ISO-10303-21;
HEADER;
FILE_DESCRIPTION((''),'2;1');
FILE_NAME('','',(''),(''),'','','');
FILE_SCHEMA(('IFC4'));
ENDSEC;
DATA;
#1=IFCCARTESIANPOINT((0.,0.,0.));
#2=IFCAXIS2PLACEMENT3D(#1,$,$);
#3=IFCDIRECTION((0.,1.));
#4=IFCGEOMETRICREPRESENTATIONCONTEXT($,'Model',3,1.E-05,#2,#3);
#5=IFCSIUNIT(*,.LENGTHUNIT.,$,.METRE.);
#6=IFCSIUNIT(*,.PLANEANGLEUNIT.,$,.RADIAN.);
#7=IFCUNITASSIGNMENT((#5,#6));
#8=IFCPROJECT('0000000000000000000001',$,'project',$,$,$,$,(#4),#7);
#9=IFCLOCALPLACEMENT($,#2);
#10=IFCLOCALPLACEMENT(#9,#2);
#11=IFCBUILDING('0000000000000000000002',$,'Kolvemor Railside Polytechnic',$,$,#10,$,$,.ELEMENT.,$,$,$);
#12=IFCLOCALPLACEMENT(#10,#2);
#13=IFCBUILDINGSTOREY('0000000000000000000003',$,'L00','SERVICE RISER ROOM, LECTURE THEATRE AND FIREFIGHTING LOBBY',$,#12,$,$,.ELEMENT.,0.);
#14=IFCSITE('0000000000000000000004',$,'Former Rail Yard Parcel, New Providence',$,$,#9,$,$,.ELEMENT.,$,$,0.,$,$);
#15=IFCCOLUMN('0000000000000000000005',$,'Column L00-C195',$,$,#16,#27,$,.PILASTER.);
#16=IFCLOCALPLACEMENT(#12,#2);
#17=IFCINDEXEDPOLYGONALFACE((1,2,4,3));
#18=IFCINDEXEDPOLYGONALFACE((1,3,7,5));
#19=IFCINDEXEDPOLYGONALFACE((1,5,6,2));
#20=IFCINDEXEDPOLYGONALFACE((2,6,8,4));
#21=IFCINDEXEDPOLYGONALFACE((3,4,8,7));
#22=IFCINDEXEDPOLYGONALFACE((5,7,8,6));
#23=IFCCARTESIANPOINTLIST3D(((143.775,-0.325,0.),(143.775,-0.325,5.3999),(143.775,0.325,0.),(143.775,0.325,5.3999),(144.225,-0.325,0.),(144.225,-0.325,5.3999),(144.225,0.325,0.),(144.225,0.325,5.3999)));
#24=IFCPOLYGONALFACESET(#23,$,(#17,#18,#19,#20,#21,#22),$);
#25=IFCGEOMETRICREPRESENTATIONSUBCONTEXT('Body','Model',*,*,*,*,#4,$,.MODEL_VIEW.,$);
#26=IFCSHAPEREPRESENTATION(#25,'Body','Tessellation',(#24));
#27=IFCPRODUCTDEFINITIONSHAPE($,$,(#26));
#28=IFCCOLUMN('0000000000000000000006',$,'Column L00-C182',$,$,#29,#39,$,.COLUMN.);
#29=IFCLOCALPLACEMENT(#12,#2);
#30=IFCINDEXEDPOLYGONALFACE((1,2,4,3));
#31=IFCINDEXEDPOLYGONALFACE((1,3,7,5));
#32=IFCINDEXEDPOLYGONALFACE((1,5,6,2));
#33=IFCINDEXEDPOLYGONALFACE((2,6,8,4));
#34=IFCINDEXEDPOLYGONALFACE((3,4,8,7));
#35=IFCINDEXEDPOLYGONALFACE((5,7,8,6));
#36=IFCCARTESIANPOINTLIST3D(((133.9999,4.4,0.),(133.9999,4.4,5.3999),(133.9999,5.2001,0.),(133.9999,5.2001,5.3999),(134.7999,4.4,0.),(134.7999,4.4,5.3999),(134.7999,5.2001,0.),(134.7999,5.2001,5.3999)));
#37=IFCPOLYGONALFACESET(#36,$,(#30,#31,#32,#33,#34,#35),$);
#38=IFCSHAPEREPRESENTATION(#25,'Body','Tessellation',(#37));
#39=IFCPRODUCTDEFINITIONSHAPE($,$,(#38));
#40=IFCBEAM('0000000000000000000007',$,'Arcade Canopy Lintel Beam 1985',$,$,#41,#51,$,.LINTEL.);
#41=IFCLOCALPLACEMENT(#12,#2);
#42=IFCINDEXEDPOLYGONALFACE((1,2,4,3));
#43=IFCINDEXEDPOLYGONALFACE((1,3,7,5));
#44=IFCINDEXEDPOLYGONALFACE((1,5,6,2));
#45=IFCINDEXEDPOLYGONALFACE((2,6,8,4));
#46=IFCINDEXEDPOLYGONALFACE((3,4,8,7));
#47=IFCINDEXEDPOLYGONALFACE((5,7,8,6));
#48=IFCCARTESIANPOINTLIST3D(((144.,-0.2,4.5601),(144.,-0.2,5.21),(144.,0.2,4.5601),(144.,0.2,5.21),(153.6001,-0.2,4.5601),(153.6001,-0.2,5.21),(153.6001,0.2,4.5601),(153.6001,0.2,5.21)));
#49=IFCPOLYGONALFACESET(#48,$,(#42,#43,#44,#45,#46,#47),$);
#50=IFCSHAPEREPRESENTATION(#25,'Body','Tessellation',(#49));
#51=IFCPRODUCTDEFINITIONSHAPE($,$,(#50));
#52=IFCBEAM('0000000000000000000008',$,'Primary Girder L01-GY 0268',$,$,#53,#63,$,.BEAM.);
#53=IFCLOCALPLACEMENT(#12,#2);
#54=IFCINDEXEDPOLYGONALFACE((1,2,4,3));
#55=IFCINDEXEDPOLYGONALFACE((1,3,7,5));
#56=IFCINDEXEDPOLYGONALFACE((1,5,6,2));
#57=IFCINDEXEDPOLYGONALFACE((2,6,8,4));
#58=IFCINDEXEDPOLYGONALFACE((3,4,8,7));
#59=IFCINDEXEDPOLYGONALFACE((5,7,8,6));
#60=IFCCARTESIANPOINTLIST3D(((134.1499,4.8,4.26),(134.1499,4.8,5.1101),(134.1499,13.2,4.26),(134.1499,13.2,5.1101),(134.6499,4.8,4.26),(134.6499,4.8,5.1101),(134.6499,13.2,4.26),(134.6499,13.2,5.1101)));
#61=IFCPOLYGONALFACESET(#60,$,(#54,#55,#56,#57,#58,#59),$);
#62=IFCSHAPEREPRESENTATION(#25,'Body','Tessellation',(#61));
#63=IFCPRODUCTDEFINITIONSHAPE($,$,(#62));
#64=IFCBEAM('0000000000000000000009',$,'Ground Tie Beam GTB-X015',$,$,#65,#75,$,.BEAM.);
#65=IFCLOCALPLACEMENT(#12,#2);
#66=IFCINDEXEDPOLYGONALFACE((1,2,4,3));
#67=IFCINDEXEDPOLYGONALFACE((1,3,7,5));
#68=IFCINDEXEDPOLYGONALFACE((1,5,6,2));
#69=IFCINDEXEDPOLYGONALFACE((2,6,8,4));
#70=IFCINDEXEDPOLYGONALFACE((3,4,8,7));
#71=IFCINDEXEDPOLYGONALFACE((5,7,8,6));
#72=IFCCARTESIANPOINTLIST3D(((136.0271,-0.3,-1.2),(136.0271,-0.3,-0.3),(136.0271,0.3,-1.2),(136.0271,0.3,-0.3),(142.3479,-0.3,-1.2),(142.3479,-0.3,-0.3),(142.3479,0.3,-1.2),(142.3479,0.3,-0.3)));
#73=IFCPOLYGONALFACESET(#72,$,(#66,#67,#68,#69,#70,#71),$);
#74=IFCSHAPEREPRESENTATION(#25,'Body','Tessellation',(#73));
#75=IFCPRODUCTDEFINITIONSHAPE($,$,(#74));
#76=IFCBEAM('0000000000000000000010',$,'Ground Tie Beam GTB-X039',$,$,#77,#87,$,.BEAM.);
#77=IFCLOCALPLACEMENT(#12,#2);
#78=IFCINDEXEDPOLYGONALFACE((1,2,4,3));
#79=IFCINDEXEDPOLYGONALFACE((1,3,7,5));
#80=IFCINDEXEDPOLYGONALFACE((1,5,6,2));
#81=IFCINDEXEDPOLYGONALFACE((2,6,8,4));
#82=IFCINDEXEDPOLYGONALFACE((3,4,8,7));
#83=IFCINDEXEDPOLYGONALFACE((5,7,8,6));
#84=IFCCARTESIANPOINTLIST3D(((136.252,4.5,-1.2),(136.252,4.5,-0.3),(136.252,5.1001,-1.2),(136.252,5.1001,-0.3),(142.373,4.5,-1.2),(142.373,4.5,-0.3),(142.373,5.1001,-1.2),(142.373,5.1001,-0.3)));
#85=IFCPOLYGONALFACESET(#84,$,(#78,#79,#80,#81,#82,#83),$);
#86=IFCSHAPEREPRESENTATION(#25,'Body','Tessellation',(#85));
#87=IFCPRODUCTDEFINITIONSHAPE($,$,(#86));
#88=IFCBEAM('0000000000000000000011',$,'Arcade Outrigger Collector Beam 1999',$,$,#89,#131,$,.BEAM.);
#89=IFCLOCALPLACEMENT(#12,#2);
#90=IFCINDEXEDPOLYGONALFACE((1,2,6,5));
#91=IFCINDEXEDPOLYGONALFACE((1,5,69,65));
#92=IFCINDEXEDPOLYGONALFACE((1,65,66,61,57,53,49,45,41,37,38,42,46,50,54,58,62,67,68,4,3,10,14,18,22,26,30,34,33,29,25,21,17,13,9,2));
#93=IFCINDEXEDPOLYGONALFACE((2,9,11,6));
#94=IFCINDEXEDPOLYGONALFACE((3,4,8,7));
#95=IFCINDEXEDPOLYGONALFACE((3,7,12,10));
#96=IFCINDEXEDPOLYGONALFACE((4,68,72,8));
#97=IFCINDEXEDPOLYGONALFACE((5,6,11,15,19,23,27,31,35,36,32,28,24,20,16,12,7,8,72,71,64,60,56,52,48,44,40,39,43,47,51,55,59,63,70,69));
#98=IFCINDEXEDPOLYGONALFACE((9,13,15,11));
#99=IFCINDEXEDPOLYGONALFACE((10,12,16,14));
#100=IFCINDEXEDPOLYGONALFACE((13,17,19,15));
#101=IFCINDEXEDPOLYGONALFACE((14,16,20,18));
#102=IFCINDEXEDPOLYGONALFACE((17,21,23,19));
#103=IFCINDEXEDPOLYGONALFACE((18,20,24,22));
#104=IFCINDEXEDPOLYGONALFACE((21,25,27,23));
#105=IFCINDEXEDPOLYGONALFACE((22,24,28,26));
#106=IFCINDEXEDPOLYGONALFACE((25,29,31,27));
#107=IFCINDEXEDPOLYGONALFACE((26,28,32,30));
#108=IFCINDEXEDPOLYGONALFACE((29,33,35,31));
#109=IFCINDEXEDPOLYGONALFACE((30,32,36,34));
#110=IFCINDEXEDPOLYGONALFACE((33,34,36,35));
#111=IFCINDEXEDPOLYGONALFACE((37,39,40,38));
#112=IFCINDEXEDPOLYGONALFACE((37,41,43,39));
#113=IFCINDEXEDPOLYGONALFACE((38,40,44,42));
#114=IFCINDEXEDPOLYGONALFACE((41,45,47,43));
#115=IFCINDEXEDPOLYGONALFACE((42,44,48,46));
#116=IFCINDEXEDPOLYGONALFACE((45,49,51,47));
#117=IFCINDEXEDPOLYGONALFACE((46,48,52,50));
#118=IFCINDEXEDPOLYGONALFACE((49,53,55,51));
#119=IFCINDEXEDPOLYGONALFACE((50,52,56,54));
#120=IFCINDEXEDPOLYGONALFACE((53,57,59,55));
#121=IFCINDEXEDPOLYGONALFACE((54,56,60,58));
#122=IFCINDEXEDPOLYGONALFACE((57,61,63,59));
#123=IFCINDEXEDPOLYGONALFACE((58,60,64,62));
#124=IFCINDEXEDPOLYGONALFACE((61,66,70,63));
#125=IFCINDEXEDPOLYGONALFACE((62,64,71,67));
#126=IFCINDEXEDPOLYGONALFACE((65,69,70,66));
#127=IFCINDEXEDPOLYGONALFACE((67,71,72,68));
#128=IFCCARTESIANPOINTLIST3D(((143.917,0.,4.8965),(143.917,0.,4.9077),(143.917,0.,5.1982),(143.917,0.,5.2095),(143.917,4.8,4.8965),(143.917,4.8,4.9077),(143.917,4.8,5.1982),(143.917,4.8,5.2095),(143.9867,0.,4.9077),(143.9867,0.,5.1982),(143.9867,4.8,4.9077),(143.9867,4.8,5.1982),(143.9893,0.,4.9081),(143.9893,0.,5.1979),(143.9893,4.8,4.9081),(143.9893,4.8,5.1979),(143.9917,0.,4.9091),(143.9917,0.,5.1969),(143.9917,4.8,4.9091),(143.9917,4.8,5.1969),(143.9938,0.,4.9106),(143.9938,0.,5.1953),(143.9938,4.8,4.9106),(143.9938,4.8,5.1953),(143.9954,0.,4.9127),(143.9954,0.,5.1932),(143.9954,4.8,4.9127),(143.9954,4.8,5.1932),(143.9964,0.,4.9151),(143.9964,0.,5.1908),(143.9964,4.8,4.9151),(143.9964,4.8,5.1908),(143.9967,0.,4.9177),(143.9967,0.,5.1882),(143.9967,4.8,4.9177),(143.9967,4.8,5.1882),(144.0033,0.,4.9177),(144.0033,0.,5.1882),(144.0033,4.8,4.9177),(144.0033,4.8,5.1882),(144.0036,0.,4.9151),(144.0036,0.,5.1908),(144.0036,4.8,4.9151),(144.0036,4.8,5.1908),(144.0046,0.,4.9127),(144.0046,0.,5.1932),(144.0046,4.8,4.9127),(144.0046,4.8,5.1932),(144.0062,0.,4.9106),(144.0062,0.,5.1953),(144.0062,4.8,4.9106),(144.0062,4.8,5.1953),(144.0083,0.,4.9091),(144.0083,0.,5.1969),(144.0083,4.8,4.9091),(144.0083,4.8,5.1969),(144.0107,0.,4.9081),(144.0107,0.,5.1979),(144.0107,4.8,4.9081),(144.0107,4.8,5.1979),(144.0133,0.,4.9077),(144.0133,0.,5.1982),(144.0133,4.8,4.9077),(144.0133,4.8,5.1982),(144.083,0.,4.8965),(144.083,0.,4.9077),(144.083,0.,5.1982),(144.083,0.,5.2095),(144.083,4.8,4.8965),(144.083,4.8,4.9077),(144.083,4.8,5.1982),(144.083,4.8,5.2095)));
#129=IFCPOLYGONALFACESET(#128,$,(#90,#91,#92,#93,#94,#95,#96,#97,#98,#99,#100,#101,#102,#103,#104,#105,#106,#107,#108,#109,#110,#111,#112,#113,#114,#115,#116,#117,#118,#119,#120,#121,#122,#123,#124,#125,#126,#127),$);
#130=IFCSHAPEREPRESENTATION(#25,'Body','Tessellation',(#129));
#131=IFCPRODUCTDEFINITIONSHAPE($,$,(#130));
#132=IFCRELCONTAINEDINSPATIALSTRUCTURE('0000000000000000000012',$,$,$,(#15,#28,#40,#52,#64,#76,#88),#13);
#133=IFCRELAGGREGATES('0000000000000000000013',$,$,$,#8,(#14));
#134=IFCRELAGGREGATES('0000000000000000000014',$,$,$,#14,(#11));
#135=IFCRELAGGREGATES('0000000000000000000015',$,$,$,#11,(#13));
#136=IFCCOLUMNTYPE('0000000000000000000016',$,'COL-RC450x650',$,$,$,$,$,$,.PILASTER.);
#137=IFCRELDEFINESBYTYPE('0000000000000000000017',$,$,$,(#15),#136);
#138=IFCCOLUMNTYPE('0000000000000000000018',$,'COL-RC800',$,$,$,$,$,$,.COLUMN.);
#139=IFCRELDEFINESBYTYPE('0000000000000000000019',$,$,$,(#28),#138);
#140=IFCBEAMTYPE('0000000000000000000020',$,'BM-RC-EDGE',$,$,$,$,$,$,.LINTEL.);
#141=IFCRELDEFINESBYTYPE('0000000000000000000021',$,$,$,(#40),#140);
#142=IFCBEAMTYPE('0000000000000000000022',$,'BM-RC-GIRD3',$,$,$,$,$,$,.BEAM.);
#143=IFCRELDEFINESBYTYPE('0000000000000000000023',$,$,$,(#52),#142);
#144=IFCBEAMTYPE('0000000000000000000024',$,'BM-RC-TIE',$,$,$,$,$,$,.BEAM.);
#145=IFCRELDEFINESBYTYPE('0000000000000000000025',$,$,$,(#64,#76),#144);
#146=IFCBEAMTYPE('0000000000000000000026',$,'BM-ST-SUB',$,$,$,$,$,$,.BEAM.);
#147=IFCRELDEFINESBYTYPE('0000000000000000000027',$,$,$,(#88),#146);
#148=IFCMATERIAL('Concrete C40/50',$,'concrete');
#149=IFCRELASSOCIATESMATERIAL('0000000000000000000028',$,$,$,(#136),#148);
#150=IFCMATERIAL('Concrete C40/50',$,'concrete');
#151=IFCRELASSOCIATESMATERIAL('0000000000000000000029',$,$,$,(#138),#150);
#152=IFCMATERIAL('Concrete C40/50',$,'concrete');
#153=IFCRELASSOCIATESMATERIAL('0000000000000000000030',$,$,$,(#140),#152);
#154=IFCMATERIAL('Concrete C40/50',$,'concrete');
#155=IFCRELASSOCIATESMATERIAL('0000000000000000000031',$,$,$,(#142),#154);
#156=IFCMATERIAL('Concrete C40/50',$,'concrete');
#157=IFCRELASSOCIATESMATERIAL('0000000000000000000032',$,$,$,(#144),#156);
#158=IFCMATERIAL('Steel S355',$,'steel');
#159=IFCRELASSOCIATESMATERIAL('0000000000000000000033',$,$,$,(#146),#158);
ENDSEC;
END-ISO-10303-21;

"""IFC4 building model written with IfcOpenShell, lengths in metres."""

from ifc_helpers import new_model, si_unit, direction, frame, origin, origin_2d, place, context, subcontext, project, spatial, rectangle, i_section, extrude, material, material_profile, profile_set, type_object, element, save


model = new_model("IFC4")

# Units and contexts
model_context = context("Model", 3, precision=1e-05, world=origin(), true_north=direction((0.0, 1.0)))
body_context = subcontext(model_context, "Body", "Model", "MODEL_VIEW")
ifc_project = project(units=[si_unit("LENGTHUNIT", "METRE"), si_unit("PLANEANGLEUNIT", "RADIAN")], contexts=[model_context])

# Site, building, storey
site_placement = place(None, origin())
site = spatial("IfcSite", under=ifc_project, at=site_placement, Name="Former Rail Yard Parcel, New Providence", CompositionType="ELEMENT", RefElevation=0.0)
building_placement = place(site_placement, origin())
building = spatial("IfcBuilding", under=site, at=building_placement, Name="Kolvemor Railside Polytechnic", CompositionType="ELEMENT")
storey_placement = place(building_placement, origin())
storey = spatial("IfcBuildingStorey", under=building, at=storey_placement, Name="L00", Description="SERVICE RISER ROOM, LECTURE THEATRE AND FIREFIGHTING LOBBY", CompositionType="ELEMENT", Elevation=0.0)

# Columns
ifc_material_1 = material(Name="Concrete C40/50", Category="concrete")
ifc_material_profile_1 = material_profile(ifc_material_1, rectangle(XDim=0.45, YDim=0.6499, at=origin_2d()), Name="RC450x650")
ifc_profile_set_1 = profile_set([ifc_material_profile_1], Name="Concrete C40/50")
column_type_1 = type_object("IfcColumnType", Name="COL-RC450x650", PredefinedType="PILASTER", material=ifc_profile_set_1)
column_1_placement = place(storey_placement, frame((144.0, 0.0, 0.0), z_axis=(0.0, 0.0, 1.0), x_axis=(1.0, 0.0, 0.0)))
element("IfcColumn", 1, at=column_1_placement, inside=storey, type_object=column_type_1, Name="Column L00-C195", PredefinedType="PILASTER", context=body_context, shape_type="SweptSolid", body=[
    extrude(rectangle(XDim=0.45, YDim=0.6499, at=origin_2d()), origin(), (0.0, 0.0, 1.0), 5.3999),
])
ifc_material_2 = material(Name="Concrete C40/50", Category="concrete")
ifc_material_profile_2 = material_profile(ifc_material_2, rectangle(XDim=0.8, YDim=0.8, at=origin_2d()), Name="RC800x800")
ifc_profile_set_2 = profile_set([ifc_material_profile_2], Name="Concrete C40/50")
column_type_2 = type_object("IfcColumnType", Name="COL-RC800", PredefinedType="COLUMN", material=ifc_profile_set_2)
column_2_placement = place(storey_placement, frame((134.3999, 4.8, 0.0), z_axis=(0.0, 0.0, 1.0), x_axis=(1.0, 0.0, 0.0)))
element("IfcColumn", 2, at=column_2_placement, inside=storey, type_object=column_type_2, Name="Column L00-C182", PredefinedType="COLUMN", context=body_context, shape_type="SweptSolid", body=[
    extrude(rectangle(XDim=0.8, YDim=0.8, at=origin_2d()), origin(), (0.0, 0.0, 1.0), 5.3999),
])

# Beams
ifc_material_3 = material(Name="Concrete C40/50", Category="concrete")
ifc_material_profile_3 = material_profile(ifc_material_3, rectangle(XDim=0.3999, YDim=0.6499, at=origin_2d()), Name="RC400x650")
ifc_profile_set_3 = profile_set([ifc_material_profile_3], Name="Concrete C40/50")
beam_type_1 = type_object("IfcBeamType", Name="BM-RC-EDGE", PredefinedType="LINTEL", material=ifc_profile_set_3)
beam_1_placement = place(storey_placement, frame((144.0, 0.0, 4.885), z_axis=(1.0, 0.0, 0.0), x_axis=(0.0, 1.0, 0.0)))
element("IfcBeam", 3, at=beam_1_placement, inside=storey, type_object=beam_type_1, Name="Arcade Canopy Lintel Beam 1985", PredefinedType="LINTEL", context=body_context, shape_type="SweptSolid", body=[
    extrude(rectangle(XDim=0.3999, YDim=0.6499, at=origin_2d()), origin(), (0.0, 0.0, 1.0), 9.6001),
])
ifc_material_4 = material(Name="Concrete C40/50", Category="concrete")
ifc_material_profile_4 = material_profile(ifc_material_4, rectangle(XDim=0.5, YDim=0.8501, at=origin_2d()), Name="RC500x850")
ifc_profile_set_4 = profile_set([ifc_material_profile_4], Name="Concrete C40/50")
beam_type_2 = type_object("IfcBeamType", Name="BM-RC-GIRD3", PredefinedType="BEAM", material=ifc_profile_set_4)
beam_2_placement = place(storey_placement, frame((134.3999, 4.8, 4.6851), z_axis=(0.0, 1.0, 0.0), x_axis=(-1.0, 0.0, 0.0)))
element("IfcBeam", 4, at=beam_2_placement, inside=storey, type_object=beam_type_2, Name="Primary Girder L01-GY 0268", PredefinedType="BEAM", context=body_context, shape_type="SweptSolid", body=[
    extrude(rectangle(XDim=0.5, YDim=0.8501, at=origin_2d()), origin(), (0.0, 0.0, 1.0), 8.3999),
])
ifc_material_5 = material(Name="Concrete C40/50", Category="concrete")
ifc_material_profile_5 = material_profile(ifc_material_5, rectangle(XDim=0.6001, YDim=0.8999, at=origin_2d()), Name="RC600x900")
ifc_profile_set_5 = profile_set([ifc_material_profile_5], Name="Concrete C40/50")
beam_type_3 = type_object("IfcBeamType", Name="BM-RC-TIE", PredefinedType="BEAM", material=ifc_profile_set_5)
beam_3_placement = place(storey_placement, frame((136.0271, 0.0, -0.75), z_axis=(1.0, 0.0, 0.0), x_axis=(0.0, 1.0, 0.0)))
element("IfcBeam", 5, at=beam_3_placement, inside=storey, type_object=beam_type_3, Name="Ground Tie Beam GTB-X015", PredefinedType="BEAM", context=body_context, shape_type="SweptSolid", body=[
    extrude(rectangle(XDim=0.6001, YDim=0.8999, at=origin_2d()), origin(), (0.0, 0.0, 1.0), 6.3208),
])
beam_4_placement = place(storey_placement, frame((136.252, 4.8, -0.75), z_axis=(1.0, 0.0, 0.0), x_axis=(0.0, 1.0, 0.0)))
element("IfcBeam", 6, at=beam_4_placement, inside=storey, type_object=beam_type_3, Name="Ground Tie Beam GTB-X039", PredefinedType="BEAM", context=body_context, shape_type="SweptSolid", body=[
    extrude(rectangle(XDim=0.6001, YDim=0.8999, at=origin_2d()), origin(), (0.0, 0.0, 1.0), 6.1211),
])
ifc_material_6 = material(Name="Steel S355", Category="steel")
ifc_material_profile_6 = material_profile(ifc_material_6, i_section(OverallWidth=0.166, OverallDepth=0.313, WebThickness=0.0066, FlangeThickness=0.0112, FilletRadius=0.01, at=origin_2d()), Name="W310x45")
ifc_profile_set_6 = profile_set([ifc_material_profile_6], Name="Steel S355")
beam_type_4 = type_object("IfcBeamType", Name="BM-ST-SUB", PredefinedType="BEAM", material=ifc_profile_set_6)
beam_5_placement = place(storey_placement, frame((144.0, 0.0, 5.053), z_axis=(0.0, 1.0, 0.0), x_axis=(-1.0, 0.0, 0.0)))
element("IfcBeam", 7, at=beam_5_placement, inside=storey, type_object=beam_type_4, Name="Arcade Outrigger Collector Beam 1999", PredefinedType="BEAM", context=body_context, shape_type="SweptSolid", body=[
    extrude(i_section(OverallWidth=0.166, OverallDepth=0.313, WebThickness=0.0066, FlangeThickness=0.0112, FilletRadius=0.01, at=origin_2d()), origin(), (0.0, 0.0, 1.0), 4.8),
])

save(model, "model.ifc")
